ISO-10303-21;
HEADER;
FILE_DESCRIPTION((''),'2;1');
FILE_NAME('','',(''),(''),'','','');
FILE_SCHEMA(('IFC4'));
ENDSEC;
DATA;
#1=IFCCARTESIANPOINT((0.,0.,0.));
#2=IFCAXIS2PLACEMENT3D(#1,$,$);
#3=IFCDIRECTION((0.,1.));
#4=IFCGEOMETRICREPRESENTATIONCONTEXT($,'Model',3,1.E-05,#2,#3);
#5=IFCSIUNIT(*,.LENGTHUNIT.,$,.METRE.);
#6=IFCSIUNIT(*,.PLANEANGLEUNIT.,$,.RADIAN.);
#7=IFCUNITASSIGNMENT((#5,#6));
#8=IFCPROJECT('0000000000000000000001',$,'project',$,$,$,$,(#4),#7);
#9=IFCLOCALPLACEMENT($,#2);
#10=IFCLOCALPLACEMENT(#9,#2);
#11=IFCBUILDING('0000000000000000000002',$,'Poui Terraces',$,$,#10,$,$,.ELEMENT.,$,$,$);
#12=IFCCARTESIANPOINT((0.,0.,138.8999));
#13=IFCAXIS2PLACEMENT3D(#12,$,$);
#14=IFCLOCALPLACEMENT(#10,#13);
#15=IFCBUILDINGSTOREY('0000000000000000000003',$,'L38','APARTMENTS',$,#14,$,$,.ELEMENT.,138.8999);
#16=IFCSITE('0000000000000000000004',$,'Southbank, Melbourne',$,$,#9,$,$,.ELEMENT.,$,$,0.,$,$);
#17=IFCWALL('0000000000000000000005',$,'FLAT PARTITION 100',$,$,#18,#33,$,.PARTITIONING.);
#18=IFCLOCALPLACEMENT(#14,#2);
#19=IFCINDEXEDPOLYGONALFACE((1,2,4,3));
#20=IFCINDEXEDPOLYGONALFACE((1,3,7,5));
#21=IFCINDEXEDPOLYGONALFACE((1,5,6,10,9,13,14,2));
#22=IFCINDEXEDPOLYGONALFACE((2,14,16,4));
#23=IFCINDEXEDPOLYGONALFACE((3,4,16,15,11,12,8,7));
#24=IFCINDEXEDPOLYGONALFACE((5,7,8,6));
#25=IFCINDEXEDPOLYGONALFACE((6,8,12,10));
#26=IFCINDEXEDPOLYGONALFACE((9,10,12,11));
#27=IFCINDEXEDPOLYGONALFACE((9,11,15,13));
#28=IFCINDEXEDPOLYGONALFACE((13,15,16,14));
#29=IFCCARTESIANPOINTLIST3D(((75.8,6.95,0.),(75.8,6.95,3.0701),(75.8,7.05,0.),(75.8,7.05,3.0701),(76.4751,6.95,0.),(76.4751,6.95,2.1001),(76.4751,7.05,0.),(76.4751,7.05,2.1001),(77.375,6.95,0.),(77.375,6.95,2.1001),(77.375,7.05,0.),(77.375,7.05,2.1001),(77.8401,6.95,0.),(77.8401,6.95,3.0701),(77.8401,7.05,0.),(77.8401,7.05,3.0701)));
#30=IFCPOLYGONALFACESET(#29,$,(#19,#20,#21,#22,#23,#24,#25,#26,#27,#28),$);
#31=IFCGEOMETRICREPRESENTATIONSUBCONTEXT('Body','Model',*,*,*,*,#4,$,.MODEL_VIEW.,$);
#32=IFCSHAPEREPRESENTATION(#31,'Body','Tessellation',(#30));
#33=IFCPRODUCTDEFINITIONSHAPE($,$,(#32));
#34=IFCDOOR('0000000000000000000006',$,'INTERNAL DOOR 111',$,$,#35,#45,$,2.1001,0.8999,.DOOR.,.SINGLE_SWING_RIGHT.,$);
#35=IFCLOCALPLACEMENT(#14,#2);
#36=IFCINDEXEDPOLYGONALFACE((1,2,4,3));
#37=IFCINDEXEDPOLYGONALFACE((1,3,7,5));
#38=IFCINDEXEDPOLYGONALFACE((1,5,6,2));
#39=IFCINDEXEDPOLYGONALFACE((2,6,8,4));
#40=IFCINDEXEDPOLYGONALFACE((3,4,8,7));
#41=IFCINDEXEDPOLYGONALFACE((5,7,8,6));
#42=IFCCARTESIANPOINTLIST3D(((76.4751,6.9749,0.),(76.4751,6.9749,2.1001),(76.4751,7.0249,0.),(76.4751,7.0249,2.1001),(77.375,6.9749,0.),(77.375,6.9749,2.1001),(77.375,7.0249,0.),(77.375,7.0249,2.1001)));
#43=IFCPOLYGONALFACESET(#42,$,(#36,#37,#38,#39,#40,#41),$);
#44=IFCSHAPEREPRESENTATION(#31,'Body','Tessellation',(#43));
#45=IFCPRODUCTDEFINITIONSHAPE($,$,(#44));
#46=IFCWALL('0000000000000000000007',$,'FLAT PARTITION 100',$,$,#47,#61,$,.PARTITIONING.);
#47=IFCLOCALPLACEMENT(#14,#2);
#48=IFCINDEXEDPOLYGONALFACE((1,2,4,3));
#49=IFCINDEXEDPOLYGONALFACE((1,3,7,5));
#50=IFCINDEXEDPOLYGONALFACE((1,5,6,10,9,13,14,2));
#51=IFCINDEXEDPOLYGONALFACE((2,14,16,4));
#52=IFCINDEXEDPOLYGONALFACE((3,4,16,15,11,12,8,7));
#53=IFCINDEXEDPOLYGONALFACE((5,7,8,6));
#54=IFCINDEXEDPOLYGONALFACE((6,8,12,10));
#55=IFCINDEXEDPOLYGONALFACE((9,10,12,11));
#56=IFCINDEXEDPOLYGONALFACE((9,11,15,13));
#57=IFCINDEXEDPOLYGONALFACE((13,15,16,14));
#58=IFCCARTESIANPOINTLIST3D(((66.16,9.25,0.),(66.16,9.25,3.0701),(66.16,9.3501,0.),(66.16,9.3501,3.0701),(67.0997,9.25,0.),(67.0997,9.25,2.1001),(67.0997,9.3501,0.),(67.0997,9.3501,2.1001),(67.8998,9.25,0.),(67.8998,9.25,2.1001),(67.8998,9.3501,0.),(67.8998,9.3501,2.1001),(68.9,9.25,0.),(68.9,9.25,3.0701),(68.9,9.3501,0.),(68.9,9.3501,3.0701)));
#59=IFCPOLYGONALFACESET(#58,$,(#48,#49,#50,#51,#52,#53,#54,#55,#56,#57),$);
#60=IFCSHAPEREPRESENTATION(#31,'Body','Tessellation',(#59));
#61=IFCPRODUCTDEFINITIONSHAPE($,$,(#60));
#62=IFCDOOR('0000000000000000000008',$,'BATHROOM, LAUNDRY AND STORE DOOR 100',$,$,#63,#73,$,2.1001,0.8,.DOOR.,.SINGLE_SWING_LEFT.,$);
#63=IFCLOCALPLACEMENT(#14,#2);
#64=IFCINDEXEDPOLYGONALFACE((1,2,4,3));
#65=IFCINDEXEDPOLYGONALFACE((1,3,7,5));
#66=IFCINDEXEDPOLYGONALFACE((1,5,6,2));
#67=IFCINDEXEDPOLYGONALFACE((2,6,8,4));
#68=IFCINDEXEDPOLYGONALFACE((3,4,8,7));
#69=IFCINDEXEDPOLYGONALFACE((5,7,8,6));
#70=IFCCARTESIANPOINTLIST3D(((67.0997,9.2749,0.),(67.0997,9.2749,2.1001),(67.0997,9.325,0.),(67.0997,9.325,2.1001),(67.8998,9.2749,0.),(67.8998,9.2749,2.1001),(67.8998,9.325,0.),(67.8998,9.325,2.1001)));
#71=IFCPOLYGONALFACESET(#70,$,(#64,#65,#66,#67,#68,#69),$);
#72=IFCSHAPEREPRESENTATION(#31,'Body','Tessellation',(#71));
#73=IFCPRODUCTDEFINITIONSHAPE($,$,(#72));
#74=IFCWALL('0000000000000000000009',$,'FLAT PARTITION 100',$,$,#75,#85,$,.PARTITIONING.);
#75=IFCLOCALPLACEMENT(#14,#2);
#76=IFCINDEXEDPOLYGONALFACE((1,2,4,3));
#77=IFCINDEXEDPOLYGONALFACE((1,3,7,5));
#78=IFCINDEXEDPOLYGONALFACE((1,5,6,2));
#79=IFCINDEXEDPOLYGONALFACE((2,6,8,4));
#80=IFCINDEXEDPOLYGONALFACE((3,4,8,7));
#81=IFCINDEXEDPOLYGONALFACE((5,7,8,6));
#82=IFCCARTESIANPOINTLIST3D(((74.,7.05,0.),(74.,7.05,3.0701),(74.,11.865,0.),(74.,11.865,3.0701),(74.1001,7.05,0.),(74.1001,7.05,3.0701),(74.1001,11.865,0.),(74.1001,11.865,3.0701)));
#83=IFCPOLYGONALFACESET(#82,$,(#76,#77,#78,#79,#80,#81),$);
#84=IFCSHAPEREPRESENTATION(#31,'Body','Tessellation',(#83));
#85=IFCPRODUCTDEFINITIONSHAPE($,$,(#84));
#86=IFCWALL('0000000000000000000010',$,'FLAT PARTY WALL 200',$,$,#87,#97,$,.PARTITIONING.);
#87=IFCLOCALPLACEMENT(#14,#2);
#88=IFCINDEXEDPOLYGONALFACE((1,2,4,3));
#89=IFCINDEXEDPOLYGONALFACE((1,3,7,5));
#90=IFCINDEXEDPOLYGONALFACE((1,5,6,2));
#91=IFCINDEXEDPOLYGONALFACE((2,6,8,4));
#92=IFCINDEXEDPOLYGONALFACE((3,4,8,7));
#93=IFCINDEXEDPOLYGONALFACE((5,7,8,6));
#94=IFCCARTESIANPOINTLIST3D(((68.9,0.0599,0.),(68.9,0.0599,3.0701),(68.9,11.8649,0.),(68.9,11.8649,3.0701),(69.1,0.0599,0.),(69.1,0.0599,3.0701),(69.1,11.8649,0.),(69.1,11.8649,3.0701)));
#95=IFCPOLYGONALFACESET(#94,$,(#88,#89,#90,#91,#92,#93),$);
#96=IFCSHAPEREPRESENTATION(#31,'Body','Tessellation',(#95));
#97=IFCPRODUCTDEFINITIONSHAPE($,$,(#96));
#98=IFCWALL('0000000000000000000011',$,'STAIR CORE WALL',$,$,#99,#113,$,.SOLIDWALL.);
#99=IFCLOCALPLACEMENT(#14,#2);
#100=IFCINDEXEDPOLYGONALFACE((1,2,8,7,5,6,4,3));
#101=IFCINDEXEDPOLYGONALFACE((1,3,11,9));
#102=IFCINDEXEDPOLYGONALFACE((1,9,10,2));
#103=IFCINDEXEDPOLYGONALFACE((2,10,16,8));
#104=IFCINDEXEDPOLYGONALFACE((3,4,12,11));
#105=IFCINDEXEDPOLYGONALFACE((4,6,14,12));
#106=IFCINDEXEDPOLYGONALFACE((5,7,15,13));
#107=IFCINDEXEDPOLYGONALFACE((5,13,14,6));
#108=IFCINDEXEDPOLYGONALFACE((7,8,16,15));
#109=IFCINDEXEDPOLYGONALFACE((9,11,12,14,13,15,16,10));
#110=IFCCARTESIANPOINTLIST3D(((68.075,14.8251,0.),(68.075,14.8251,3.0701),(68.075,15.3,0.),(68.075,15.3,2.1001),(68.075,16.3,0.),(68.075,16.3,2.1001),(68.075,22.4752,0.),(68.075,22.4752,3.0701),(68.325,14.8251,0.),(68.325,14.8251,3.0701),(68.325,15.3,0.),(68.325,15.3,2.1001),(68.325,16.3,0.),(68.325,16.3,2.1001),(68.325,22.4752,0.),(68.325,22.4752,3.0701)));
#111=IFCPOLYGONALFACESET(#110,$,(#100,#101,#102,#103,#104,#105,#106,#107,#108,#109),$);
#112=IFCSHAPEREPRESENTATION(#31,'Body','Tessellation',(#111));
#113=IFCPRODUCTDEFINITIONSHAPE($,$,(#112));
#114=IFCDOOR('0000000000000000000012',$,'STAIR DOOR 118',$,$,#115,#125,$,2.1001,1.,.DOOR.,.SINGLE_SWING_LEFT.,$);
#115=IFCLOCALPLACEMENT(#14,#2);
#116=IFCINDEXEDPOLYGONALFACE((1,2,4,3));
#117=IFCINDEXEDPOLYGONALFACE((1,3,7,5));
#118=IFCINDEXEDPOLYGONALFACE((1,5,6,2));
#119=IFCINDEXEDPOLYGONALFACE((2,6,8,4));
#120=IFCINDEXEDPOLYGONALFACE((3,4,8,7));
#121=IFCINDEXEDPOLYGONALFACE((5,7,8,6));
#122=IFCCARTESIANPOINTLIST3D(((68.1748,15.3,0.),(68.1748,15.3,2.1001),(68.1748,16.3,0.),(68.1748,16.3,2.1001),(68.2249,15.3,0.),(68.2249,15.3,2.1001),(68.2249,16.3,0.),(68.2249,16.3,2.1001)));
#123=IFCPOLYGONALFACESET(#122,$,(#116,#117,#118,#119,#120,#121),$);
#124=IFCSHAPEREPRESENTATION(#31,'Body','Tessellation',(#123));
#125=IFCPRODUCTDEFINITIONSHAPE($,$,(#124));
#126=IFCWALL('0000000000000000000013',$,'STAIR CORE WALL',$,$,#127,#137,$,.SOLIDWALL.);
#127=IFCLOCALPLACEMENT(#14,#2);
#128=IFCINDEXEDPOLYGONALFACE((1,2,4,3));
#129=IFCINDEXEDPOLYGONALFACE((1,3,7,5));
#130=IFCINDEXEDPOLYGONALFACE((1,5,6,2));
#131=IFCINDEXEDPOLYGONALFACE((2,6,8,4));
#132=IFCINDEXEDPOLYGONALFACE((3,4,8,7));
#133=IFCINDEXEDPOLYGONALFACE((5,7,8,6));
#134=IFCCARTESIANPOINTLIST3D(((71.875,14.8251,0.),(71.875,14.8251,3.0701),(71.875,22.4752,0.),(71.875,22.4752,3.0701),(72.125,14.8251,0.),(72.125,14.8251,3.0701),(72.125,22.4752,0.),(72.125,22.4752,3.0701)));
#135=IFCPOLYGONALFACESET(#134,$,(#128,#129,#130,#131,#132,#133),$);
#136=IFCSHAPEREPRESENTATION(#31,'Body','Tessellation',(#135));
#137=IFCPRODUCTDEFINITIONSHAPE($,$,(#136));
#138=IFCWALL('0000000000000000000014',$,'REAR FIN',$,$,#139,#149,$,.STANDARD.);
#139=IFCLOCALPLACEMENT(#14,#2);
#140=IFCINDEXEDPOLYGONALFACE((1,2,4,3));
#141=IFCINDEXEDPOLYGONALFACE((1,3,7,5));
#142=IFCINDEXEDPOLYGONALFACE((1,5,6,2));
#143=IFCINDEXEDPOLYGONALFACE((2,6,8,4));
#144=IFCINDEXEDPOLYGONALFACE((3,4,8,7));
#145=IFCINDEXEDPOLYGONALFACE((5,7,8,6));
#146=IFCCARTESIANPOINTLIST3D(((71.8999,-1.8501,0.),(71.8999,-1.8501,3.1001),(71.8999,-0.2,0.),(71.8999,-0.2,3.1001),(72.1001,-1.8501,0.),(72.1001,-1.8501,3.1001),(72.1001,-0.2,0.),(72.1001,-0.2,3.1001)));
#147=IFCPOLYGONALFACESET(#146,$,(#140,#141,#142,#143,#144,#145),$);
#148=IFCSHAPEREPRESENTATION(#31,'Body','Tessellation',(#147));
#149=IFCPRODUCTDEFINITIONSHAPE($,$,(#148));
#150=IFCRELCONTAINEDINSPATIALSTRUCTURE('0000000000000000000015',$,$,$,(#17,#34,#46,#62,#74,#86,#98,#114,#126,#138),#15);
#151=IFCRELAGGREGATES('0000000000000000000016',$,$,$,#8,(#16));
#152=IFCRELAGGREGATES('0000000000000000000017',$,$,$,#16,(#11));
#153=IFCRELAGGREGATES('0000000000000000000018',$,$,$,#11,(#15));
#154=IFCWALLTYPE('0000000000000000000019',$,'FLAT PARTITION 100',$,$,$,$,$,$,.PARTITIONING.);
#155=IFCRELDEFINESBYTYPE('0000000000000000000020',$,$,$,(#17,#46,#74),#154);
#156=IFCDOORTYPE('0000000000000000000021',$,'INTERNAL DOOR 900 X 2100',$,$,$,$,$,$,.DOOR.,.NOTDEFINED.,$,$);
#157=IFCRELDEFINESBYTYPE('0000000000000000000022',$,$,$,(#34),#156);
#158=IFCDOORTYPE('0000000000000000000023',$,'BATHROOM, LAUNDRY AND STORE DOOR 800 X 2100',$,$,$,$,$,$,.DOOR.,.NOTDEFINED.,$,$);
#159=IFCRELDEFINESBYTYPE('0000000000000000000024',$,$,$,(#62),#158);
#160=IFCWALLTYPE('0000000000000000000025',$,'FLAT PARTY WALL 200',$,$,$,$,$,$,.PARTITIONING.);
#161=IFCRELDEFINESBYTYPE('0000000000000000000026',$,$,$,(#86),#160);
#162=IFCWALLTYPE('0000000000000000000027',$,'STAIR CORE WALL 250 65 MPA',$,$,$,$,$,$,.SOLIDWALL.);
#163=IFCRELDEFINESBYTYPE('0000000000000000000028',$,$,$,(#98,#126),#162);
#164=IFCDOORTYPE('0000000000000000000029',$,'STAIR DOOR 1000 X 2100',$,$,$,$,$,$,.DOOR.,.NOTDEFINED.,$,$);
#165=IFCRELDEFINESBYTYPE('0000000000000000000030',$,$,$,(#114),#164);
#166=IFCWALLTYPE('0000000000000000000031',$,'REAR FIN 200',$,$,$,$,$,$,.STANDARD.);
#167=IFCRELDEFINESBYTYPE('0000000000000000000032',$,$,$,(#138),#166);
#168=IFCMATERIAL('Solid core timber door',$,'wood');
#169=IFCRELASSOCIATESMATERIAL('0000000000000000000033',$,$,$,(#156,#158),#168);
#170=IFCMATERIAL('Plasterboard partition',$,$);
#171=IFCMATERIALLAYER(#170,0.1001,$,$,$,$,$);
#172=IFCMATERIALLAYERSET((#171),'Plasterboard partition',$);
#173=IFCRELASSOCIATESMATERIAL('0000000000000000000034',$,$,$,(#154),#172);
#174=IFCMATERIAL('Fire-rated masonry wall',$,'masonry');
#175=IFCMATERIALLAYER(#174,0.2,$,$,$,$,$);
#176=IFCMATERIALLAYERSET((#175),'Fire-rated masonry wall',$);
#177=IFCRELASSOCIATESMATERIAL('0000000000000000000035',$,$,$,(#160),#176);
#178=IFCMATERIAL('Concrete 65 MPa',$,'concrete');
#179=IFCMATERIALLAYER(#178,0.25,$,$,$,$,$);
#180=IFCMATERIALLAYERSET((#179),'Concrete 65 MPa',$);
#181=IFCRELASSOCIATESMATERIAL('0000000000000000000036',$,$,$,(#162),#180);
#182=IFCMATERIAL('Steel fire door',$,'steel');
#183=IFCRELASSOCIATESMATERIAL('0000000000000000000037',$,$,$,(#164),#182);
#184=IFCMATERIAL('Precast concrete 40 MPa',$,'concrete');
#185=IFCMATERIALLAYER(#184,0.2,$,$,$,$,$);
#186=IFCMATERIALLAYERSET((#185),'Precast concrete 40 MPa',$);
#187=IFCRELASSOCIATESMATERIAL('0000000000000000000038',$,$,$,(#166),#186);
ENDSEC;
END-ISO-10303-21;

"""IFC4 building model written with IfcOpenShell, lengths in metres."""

from ifc_helpers import new_model, si_unit, direction, frame, frame_2d, origin, place, context, subcontext, project, spatial, polyline, rectangle, outline, extrude, source, transform, mapped, material, layer, layer_set, type_object, element, fill, save


model = new_model("IFC4")

# Units and contexts
model_context = context("Model", 3, precision=1e-05, world=origin(), true_north=direction((0.0, 1.0)))
body_context = subcontext(model_context, "Body", "Model", "MODEL_VIEW")
ifc_project = project(units=[si_unit("LENGTHUNIT", "METRE"), si_unit("PLANEANGLEUNIT", "RADIAN")], contexts=[model_context])

# Site, building, storey
site_placement = place(None, origin())
site = spatial("IfcSite", under=ifc_project, at=site_placement, Name="Southbank, Melbourne", CompositionType="ELEMENT", RefElevation=0.0)
building_placement = place(site_placement, origin())
building = spatial("IfcBuilding", under=site, at=building_placement, Name="Poui Terraces", CompositionType="ELEMENT")
storey_placement = place(building_placement, frame((0.0, 0.0, 138.8999)))
storey = spatial("IfcBuildingStorey", under=building, at=storey_placement, Name="L38", Description="APARTMENTS", CompositionType="ELEMENT", Elevation=138.8999)

# Shared definitions
ifc_material_1 = material(Name="Concrete 65 MPa", Category="concrete")

# Shared definitions
ifc_material_2 = material(Name="Precast concrete 40 MPa", Category="concrete")

# Walls, openings, doors
ifc_material_3 = material(Name="Steel fire door", Category="steel")
ifc_material_4 = material(Name="Solid core timber door", Category="wood")
door_type_1 = type_object("IfcDoorType", Name="INTERNAL DOOR 900 X 2100", OperationType="NOTDEFINED", PredefinedType="DOOR", material=ifc_material_4)
ifc_material_5 = material(Name="Plasterboard partition")
ifc_layer_1 = layer(ifc_material_5, 0.1001)
ifc_layer_set_1 = layer_set([ifc_layer_1], Name="Plasterboard partition")
wall_type_1 = type_object("IfcWallType", Name="FLAT PARTITION 100", PredefinedType="PARTITIONING", material=ifc_layer_set_1)
door_type_2 = type_object("IfcDoorType", Name="BATHROOM, LAUNDRY AND STORE DOOR 800 X 2100", OperationType="NOTDEFINED", PredefinedType="DOOR", material=ifc_material_4)
wall_1_placement = place(storey_placement, frame((75.8, 7.0, 0.0), z_axis=(0.0, 0.0, 1.0), x_axis=(1.0, 0.0, 0.0)))
wall_1 = element("IfcWall", 1, at=wall_1_placement, inside=storey, type_object=wall_type_1, Name="FLAT PARTITION 100", PredefinedType="PARTITIONING", context=body_context, shape_type="SweptSolid", body=[
    extrude(rectangle(XDim=2.04, YDim=0.1001, at=frame_2d((1.02, 0.0))), origin(), (0.0, 0.0, 1.0), 3.0701),
])
opening_1_placement = place(wall_1_placement, frame((0.675, 0.0, 0.0)))
opening_1 = element("IfcOpeningElement", 2, at=opening_1_placement, cuts=wall_1, PredefinedType="OPENING", context=body_context, shape_type="SweptSolid", body=[
    extrude(rectangle(XDim=0.8999, YDim=2.1001, at=frame_2d((0.45, 1.05))), frame((0.0, 0.0601, 0.0), z_axis=(0.0, -1.0, 0.0), x_axis=(1.0, 0.0, 0.0)), (0.0, 0.0, 1.0), 0.1201),
])
door_1_placement = place(opening_1_placement, origin())
door_1 = element("IfcDoor", 3, at=door_1_placement, inside=storey, type_object=door_type_1, Name="INTERNAL DOOR 111", OperationType="SINGLE_SWING_RIGHT", OverallHeight=2.1001, OverallWidth=0.8999, PredefinedType="DOOR", context=body_context, shape_type="SweptSolid", body=[
    extrude(rectangle(XDim=0.8999, YDim=2.1001, at=frame_2d((0.45, 1.05))), frame((0.0, 0.0249, 0.0), z_axis=(0.0, -1.0, 0.0), x_axis=(1.0, 0.0, 0.0)), (0.0, 0.0, 1.0), 0.05),
])
fill(opening_1, door_1)
wall_2_placement = place(storey_placement, frame((66.1599, 9.3, 0.0), z_axis=(0.0, 0.0, 1.0), x_axis=(1.0, 0.0, 0.0)))
wall_2 = element("IfcWall", 4, at=wall_2_placement, inside=storey, type_object=wall_type_1, Name="FLAT PARTITION 100", PredefinedType="PARTITIONING", context=body_context, shape_type="SweptSolid", body=[
    extrude(rectangle(XDim=2.74, YDim=0.1001, at=frame_2d((1.3701, 0.0))), origin(), (0.0, 0.0, 1.0), 3.0701),
])
opening_2_placement = place(wall_2_placement, frame((0.9399, 0.0, 0.0)))
opening_2 = element("IfcOpeningElement", 5, at=opening_2_placement, cuts=wall_2, PredefinedType="OPENING", context=body_context, shape_type="SweptSolid", body=[
    extrude(rectangle(XDim=0.8, YDim=2.1001, at=frame_2d((0.3999, 1.05))), frame((0.0, 0.0601, 0.0), z_axis=(0.0, -1.0, 0.0), x_axis=(1.0, 0.0, 0.0)), (0.0, 0.0, 1.0), 0.1201),
])
door_2_placement = place(opening_2_placement, origin())
door_2 = element("IfcDoor", 6, at=door_2_placement, inside=storey, type_object=door_type_2, Name="BATHROOM, LAUNDRY AND STORE DOOR 100", OperationType="SINGLE_SWING_LEFT", OverallHeight=2.1001, OverallWidth=0.8, PredefinedType="DOOR", context=body_context, shape_type="SweptSolid", body=[
    extrude(rectangle(XDim=0.8, YDim=2.1001, at=frame_2d((0.3999, 1.05))), frame((0.0, 0.0249, 0.0), z_axis=(0.0, -1.0, 0.0), x_axis=(1.0, 0.0, 0.0)), (0.0, 0.0, 1.0), 0.05),
])
fill(opening_2, door_2)

# Walls
wall_3_placement = place(storey_placement, frame((74.05, 7.05, 0.0), z_axis=(0.0, 0.0, 1.0), x_axis=(0.0, 1.0, 0.0)))
element("IfcWall", 7, at=wall_3_placement, inside=storey, type_object=wall_type_1, Name="FLAT PARTITION 100", PredefinedType="PARTITIONING", context=body_context, shape_type="SweptSolid", body=[
    extrude(rectangle(XDim=4.8149, YDim=0.1001, at=frame_2d((2.4075, 0.0))), origin(), (0.0, 0.0, 1.0), 3.0701),
])
ifc_material_6 = material(Name="Fire-rated masonry wall", Category="masonry")
ifc_layer_2 = layer(ifc_material_6, 0.2)
ifc_layer_set_2 = layer_set([ifc_layer_2], Name="Fire-rated masonry wall")
wall_type_2 = type_object("IfcWallType", Name="FLAT PARTY WALL 200", PredefinedType="PARTITIONING", material=ifc_layer_set_2)
wall_4_placement = place(storey_placement, frame((69.0, 0.0601, 0.0), z_axis=(0.0, 0.0, 1.0), x_axis=(0.0, 1.0, 0.0)))
element("IfcWall", 8, at=wall_4_placement, inside=storey, type_object=wall_type_2, Name="FLAT PARTY WALL 200", PredefinedType="PARTITIONING", context=body_context, shape_type="SweptSolid", body=[
    extrude(rectangle(XDim=11.8049, YDim=0.2, at=frame_2d((5.9023, 0.0))), origin(), (0.0, 0.0, 1.0), 3.0701),
])

# Wall, opening, door
ifc_layer_3 = layer(ifc_material_1, 0.25)
ifc_layer_set_3 = layer_set([ifc_layer_3], Name="Concrete 65 MPa")
wall_type_3 = type_object("IfcWallType", Name="STAIR CORE WALL 250 65 MPA", PredefinedType="SOLIDWALL", material=ifc_layer_set_3)
wall_5_placement = place(storey_placement, frame((68.2, 14.825, 0.0), z_axis=(0.0, 0.0, 1.0), x_axis=(0.0, 1.0, 0.0)))
wall_5 = element("IfcWall", 9, at=wall_5_placement, inside=storey, type_object=wall_type_3, Name="STAIR CORE WALL", PredefinedType="SOLIDWALL", context=body_context, shape_type="SweptSolid", body=[
    extrude(rectangle(XDim=7.6501, YDim=0.25, at=frame_2d((3.8252, 0.0))), origin(), (0.0, 0.0, 1.0), 3.0701),
])
opening_3_placement = place(wall_5_placement, frame((0.4751, 0.0, 0.0)))
opening_3 = element("IfcOpeningElement", 10, at=opening_3_placement, cuts=wall_5, PredefinedType="OPENING", context=body_context, shape_type="SweptSolid", body=[
    extrude(rectangle(XDim=1.0, YDim=2.1001, at=frame_2d((0.5, 1.05))), frame((0.0, 0.135, 0.0), z_axis=(0.0, -1.0, 0.0), x_axis=(1.0, 0.0, 0.0)), (0.0, 0.0, 1.0), 0.27),
])
door_type_3 = type_object("IfcDoorType", Name="STAIR DOOR 1000 X 2100", OperationType="NOTDEFINED", PredefinedType="DOOR", material=ifc_material_3)
door_3_placement = place(opening_3_placement, frame((1.0, 0.0, 0.0), z_axis=(0.0, 0.0, 1.0), x_axis=(-1.0, 0.0, 0.0)))
door_3 = element("IfcDoor", 11, at=door_3_placement, inside=storey, type_object=door_type_3, Name="STAIR DOOR 118", OperationType="SINGLE_SWING_LEFT", OverallHeight=2.1001, OverallWidth=1.0, PredefinedType="DOOR", context=body_context, shape_type="SweptSolid", body=[
    extrude(rectangle(XDim=1.0, YDim=2.1001, at=frame_2d((0.5, 1.05))), frame((0.0, 0.0249, 0.0), z_axis=(0.0, -1.0, 0.0), x_axis=(1.0, 0.0, 0.0)), (0.0, 0.0, 1.0), 0.05),
])
fill(opening_3, door_3)

# Walls
wall_6_placement = place(storey_placement, frame((72.0, 14.825, 0.0), z_axis=(0.0, 0.0, 1.0), x_axis=(0.0, 1.0, 0.0)))
element("IfcWall", 12, at=wall_6_placement, inside=storey, type_object=wall_type_3, Name="STAIR CORE WALL", PredefinedType="SOLIDWALL", context=body_context, shape_type="SweptSolid", body=[
    extrude(rectangle(XDim=7.6501, YDim=0.25, at=frame_2d((3.8252, 0.0))), origin(), (0.0, 0.0, 1.0), 3.0701),
])
ifc_layer_4 = layer(ifc_material_2, 0.2)
ifc_layer_set_4 = layer_set([ifc_layer_4], Name="Precast concrete 40 MPa")
wall_type_4 = type_object("IfcWallType", Name="REAR FIN 200", PredefinedType="STANDARD", material=ifc_layer_set_4)
shared_shape_1 = source(origin(), body_context, "Body", "SweptSolid", [
    extrude(outline(polyline([(0.0, 0.0), (0.2002, 0.0), (0.2002, 1.6501), (0.0, 1.6501), (0.0, 0.0)])), origin(), (0.0, 0.0, 1.0), 3.1001),
])
wall_7_placement = place(storey_placement, frame((71.8999, -1.8501, 0.0)))
element("IfcWall", 13, at=wall_7_placement, inside=storey, type_object=wall_type_4, Name="REAR FIN", PredefinedType="STANDARD", context=body_context, shape_type="MappedRepresentation", body=[
    mapped(shared_shape_1, transform((0.0, 0.0, 0.0))),
])

save(model, "model.ifc")
